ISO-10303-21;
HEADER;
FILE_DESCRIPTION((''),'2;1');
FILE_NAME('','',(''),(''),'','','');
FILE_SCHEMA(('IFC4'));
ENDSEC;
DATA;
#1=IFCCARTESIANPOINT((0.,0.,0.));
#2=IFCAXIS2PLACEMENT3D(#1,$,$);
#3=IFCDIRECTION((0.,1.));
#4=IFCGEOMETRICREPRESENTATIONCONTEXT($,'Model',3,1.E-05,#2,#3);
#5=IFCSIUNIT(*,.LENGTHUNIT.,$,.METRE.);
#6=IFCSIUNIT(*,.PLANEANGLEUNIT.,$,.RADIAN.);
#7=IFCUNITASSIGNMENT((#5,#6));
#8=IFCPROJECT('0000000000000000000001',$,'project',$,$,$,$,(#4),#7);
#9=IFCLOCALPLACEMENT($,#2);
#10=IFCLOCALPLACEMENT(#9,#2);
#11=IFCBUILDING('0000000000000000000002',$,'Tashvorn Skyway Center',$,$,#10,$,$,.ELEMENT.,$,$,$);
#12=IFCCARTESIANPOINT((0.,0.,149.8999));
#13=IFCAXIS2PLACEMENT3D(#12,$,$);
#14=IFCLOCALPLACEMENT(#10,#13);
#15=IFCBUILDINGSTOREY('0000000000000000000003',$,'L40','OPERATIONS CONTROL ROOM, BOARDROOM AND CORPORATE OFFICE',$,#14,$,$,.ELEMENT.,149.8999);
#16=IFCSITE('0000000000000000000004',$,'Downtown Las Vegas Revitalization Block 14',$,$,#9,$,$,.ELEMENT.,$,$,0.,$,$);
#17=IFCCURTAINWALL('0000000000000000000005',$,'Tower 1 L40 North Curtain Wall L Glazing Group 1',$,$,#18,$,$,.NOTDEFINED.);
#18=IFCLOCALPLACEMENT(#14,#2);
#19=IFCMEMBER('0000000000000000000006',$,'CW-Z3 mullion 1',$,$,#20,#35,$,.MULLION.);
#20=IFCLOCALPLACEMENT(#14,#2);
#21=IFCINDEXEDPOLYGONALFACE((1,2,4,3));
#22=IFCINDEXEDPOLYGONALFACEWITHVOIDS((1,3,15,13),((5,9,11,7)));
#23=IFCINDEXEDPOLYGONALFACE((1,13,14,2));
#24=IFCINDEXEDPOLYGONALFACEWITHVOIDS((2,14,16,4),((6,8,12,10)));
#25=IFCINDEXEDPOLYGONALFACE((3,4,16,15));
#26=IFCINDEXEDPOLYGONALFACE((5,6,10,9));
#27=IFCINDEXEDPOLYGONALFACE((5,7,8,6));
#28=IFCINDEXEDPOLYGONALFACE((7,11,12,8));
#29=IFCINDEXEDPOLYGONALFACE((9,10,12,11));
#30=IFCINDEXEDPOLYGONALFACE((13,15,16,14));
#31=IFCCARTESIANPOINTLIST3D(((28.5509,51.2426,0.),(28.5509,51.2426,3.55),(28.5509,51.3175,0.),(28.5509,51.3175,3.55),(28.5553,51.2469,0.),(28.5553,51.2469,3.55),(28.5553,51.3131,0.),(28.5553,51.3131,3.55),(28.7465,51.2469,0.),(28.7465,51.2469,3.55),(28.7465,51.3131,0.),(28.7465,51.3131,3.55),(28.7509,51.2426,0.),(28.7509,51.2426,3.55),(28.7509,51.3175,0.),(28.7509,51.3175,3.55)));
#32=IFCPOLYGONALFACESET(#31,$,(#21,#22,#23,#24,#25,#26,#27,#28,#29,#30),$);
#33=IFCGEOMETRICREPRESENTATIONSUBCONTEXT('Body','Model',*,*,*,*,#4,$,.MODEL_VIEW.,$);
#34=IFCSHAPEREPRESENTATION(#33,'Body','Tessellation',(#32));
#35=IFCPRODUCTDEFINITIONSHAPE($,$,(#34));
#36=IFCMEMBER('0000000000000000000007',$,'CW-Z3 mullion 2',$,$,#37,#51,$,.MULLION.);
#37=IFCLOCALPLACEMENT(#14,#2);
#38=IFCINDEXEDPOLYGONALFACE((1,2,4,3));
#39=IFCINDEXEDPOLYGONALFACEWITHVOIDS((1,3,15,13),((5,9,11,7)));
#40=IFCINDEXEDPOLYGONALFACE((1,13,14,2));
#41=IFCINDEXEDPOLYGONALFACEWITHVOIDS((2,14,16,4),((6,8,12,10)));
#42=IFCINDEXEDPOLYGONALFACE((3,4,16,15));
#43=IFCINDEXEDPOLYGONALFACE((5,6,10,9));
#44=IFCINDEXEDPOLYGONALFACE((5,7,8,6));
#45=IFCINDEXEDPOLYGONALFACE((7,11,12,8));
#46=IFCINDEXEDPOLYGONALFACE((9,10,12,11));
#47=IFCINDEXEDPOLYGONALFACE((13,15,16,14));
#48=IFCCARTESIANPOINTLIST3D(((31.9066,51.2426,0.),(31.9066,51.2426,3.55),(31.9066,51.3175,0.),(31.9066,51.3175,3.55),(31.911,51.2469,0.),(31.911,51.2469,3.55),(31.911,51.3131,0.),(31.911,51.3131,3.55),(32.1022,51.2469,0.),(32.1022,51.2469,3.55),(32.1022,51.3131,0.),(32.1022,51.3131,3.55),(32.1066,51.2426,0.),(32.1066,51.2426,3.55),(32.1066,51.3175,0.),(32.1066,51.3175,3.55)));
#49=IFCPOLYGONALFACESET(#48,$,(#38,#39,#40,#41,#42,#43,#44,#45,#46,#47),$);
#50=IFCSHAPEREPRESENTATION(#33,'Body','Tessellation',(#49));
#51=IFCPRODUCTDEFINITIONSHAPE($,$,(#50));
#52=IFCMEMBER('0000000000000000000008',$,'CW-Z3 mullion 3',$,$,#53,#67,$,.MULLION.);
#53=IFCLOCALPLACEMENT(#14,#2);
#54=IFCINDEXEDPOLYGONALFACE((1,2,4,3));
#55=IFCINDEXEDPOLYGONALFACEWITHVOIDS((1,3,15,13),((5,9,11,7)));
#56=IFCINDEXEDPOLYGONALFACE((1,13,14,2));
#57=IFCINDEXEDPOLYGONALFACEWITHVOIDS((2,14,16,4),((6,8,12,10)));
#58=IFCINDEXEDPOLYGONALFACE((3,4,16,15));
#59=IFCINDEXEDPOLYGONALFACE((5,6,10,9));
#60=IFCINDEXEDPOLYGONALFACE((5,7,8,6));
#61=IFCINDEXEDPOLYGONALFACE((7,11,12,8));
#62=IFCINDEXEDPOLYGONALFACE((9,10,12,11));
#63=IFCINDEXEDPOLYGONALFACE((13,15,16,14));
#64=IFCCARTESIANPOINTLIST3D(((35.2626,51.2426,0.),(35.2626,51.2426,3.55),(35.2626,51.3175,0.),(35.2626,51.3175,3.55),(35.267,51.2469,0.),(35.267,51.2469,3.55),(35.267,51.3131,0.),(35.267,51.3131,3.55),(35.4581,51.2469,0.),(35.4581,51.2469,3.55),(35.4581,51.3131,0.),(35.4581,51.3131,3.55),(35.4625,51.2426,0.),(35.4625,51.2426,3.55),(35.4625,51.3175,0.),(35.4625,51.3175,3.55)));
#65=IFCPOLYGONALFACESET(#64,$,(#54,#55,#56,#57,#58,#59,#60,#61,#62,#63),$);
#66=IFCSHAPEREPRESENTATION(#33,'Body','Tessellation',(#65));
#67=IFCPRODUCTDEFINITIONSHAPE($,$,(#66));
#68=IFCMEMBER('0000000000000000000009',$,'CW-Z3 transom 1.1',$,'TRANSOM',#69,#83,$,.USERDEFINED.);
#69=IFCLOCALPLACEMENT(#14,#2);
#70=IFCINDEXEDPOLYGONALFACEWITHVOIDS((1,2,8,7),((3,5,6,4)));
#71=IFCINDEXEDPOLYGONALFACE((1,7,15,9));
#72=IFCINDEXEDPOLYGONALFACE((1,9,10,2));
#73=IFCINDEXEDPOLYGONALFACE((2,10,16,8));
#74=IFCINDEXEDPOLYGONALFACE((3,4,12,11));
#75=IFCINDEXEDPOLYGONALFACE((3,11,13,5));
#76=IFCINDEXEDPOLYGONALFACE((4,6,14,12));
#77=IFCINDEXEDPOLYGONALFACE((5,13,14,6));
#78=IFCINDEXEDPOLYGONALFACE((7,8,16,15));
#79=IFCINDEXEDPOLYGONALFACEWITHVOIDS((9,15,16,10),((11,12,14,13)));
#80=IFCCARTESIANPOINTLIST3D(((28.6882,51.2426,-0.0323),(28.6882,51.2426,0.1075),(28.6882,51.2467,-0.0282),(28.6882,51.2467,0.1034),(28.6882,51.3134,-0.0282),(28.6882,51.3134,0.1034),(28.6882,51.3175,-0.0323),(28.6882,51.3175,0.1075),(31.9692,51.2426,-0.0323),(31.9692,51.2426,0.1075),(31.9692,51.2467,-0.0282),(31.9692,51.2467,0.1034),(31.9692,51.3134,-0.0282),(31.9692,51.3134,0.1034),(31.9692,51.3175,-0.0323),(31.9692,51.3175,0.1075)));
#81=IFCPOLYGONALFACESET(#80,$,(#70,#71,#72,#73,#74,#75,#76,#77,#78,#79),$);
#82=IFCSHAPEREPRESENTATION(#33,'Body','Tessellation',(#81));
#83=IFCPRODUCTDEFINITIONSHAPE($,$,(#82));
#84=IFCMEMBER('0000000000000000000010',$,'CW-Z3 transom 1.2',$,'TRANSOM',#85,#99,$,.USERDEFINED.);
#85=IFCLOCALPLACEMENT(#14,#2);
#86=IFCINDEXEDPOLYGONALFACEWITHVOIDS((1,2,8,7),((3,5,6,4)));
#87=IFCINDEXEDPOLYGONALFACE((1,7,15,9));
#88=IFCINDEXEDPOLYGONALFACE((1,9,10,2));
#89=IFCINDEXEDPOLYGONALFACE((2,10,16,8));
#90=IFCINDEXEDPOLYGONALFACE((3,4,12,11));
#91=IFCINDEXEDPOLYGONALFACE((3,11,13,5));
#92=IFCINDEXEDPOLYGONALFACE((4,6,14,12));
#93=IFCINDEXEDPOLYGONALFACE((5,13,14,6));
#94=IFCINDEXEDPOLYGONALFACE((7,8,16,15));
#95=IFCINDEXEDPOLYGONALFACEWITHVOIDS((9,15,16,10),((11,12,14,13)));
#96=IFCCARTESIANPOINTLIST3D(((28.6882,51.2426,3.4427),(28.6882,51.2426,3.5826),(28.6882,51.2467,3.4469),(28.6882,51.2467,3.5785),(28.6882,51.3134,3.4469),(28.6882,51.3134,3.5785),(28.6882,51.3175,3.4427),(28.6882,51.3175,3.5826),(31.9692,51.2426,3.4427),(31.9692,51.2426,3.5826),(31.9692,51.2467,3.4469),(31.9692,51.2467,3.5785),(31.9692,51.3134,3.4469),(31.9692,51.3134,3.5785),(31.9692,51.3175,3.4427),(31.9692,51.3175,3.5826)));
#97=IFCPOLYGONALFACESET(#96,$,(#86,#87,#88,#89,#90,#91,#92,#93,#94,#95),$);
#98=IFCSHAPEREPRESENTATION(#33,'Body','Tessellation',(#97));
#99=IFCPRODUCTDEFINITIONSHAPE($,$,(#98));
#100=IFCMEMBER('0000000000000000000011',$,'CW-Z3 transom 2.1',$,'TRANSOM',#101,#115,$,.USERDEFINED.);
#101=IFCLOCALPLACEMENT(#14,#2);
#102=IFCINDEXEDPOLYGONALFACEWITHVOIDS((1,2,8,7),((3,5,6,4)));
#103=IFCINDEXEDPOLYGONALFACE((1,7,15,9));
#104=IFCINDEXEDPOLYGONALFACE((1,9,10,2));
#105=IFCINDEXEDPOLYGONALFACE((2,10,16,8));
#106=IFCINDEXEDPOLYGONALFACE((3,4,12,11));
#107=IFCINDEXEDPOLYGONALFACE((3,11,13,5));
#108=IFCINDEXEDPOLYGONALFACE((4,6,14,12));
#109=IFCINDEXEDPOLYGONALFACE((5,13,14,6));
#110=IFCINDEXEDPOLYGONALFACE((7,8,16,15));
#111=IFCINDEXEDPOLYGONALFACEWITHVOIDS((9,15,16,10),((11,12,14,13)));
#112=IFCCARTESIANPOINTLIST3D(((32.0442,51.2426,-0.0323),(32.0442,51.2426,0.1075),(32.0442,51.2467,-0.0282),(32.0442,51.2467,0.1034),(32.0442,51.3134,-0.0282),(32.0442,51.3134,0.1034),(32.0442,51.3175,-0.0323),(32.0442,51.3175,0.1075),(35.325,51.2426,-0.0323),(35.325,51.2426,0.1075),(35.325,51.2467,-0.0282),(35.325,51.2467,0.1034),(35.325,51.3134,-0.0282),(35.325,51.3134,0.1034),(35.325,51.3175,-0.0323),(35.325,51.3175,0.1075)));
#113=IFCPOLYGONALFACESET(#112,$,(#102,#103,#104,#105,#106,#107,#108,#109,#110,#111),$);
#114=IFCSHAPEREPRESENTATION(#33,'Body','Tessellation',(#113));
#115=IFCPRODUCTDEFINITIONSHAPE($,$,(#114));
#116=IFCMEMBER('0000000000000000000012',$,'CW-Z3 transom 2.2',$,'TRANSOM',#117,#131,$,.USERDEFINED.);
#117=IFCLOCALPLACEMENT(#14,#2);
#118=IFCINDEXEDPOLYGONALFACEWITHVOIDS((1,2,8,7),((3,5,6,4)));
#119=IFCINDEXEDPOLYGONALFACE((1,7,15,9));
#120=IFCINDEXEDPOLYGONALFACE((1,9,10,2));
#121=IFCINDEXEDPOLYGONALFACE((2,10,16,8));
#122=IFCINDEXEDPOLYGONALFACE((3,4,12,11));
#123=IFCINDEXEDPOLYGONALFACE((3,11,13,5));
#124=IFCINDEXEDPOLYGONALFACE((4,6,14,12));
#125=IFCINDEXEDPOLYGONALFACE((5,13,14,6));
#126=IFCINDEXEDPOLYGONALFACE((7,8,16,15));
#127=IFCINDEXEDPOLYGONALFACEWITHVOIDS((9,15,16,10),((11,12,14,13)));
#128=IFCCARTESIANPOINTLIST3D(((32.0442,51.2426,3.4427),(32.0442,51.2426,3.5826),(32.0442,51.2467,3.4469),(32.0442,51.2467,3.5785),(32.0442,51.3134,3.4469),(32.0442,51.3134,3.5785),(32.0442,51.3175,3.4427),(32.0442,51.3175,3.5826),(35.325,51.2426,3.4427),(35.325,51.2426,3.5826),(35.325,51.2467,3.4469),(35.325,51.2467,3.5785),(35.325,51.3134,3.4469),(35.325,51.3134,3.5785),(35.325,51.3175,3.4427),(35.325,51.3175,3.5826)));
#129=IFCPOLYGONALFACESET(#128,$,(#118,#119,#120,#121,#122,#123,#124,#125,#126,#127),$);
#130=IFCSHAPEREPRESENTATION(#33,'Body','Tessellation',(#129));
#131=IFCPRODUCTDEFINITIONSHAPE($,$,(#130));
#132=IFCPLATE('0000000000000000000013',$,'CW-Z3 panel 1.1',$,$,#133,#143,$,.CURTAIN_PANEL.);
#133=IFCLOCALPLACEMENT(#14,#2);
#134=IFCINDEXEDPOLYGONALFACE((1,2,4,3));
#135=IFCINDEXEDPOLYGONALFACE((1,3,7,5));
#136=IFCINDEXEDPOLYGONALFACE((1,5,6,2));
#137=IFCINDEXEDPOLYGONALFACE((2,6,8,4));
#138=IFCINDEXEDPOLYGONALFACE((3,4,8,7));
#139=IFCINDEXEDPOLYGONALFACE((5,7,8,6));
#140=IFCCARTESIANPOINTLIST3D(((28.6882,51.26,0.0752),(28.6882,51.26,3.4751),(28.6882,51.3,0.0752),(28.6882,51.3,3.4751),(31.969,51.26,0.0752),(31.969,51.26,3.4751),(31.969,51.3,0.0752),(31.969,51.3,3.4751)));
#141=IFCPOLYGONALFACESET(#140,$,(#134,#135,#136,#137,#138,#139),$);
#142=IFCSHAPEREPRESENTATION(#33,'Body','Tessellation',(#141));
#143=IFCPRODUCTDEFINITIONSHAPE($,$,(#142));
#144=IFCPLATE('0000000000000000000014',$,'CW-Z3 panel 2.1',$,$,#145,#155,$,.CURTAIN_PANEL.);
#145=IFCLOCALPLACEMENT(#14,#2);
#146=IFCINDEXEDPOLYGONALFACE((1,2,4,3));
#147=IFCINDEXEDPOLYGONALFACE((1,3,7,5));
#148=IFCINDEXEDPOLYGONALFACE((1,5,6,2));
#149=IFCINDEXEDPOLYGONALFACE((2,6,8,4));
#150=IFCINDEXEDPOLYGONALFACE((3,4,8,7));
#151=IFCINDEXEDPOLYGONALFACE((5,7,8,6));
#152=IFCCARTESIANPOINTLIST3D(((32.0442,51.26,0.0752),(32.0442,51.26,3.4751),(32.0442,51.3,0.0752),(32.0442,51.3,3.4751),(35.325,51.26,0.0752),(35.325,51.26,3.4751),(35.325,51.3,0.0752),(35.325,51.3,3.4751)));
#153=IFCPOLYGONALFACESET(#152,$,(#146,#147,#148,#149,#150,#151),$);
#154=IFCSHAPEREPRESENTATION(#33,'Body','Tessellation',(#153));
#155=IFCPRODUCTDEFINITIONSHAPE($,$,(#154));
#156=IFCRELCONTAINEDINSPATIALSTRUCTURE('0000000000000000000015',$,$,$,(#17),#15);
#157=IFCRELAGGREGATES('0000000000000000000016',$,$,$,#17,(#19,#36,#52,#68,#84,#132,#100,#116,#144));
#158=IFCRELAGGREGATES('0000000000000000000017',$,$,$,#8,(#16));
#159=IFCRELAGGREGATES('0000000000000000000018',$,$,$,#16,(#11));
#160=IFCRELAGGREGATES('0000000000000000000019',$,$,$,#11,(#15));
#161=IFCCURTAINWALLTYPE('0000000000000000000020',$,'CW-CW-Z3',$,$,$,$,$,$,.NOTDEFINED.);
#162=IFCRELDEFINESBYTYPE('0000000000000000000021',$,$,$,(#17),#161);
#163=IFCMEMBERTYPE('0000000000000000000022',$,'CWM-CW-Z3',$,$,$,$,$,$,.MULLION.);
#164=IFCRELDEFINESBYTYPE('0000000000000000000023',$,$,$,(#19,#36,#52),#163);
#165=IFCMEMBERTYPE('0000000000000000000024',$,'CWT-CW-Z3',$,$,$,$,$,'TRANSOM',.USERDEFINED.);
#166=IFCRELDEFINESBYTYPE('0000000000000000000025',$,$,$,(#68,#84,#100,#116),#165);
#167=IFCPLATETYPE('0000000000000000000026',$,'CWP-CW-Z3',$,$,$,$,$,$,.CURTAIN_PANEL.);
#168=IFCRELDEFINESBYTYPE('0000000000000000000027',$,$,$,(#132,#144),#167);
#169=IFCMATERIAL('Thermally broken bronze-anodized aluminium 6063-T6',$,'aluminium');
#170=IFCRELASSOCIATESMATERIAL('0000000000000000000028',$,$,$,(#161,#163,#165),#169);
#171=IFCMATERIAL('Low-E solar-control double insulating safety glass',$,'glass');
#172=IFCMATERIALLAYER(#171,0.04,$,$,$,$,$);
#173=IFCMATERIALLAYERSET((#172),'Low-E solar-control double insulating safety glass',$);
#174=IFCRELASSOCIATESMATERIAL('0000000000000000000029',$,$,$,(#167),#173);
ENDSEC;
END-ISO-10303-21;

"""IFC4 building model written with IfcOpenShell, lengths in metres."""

from ifc_helpers import new_model, si_unit, direction, frame, origin, origin_2d, place, context, subcontext, project, spatial, rectangle, hollow_rectangle, extrude, material, layer, layer_set, material_profile, profile_set, type_object, element, aggregate, save


model = new_model("IFC4")

# Units and contexts
model_context = context("Model", 3, precision=1e-05, world=origin(), true_north=direction((0.0, 1.0)))
body_context = subcontext(model_context, "Body", "Model", "MODEL_VIEW")
ifc_project = project(units=[si_unit("LENGTHUNIT", "METRE"), si_unit("PLANEANGLEUNIT", "RADIAN")], contexts=[model_context])

# Site, building, storey
site_placement = place(None, origin())
site = spatial("IfcSite", under=ifc_project, at=site_placement, Name="Downtown Las Vegas Revitalization Block 14", CompositionType="ELEMENT", RefElevation=0.0)
building_placement = place(site_placement, origin())
building = spatial("IfcBuilding", under=site, at=building_placement, Name="Tashvorn Skyway Center", CompositionType="ELEMENT")
storey_placement = place(building_placement, frame((0.0, 0.0, 149.8999)))
storey = spatial("IfcBuildingStorey", under=building, at=storey_placement, Name="L40", Description="OPERATIONS CONTROL ROOM, BOARDROOM AND CORPORATE OFFICE", CompositionType="ELEMENT", Elevation=149.8999)

# Curtain wall, members, plates
ifc_material_1 = material(Name="Thermally broken bronze-anodized aluminium 6063-T6", Category="aluminium")
curtain_wall_type = type_object("IfcCurtainWallType", Name="CW-CW-Z3", PredefinedType="NOTDEFINED", material=ifc_material_1)
curtain_wall_placement = place(storey_placement, origin())
curtain_wall = element("IfcCurtainWall", 1, at=curtain_wall_placement, inside=storey, type_object=curtain_wall_type, Name="Tower 1 L40 North Curtain Wall L Glazing Group 1", PredefinedType="NOTDEFINED")
ifc_material_profile_1 = material_profile(ifc_material_1, hollow_rectangle(XDim=0.075, YDim=0.2, WallThickness=0.0044, at=origin_2d()), Name="ALU-MULL-75x200")
ifc_profile_set_1 = profile_set([ifc_material_profile_1], Name="Thermally broken bronze-anodized aluminium 6063-T6")
member_type_1 = type_object("IfcMemberType", Name="CWM-CW-Z3", PredefinedType="MULLION", material=ifc_profile_set_1)
member_1_placement = place(storey_placement, frame((28.6509, 51.28, 0.0), z_axis=(0.0, 0.0, 1.0), x_axis=(0.0, 1.0, 0.0)))
member_1 = element("IfcMember", 2, at=member_1_placement, type_object=member_type_1, Name="CW-Z3 mullion 1", PredefinedType="MULLION", context=body_context, shape_type="SweptSolid", body=[
    extrude(hollow_rectangle(XDim=0.075, YDim=0.2, WallThickness=0.0044, at=origin_2d()), origin(), (0.0, 0.0, 1.0), 3.55),
])
member_2_placement = place(storey_placement, frame((32.0066, 51.28, 0.0), z_axis=(0.0, 0.0, 1.0), x_axis=(0.0, 1.0, 0.0)))
member_2 = element("IfcMember", 3, at=member_2_placement, type_object=member_type_1, Name="CW-Z3 mullion 2", PredefinedType="MULLION", context=body_context, shape_type="SweptSolid", body=[
    extrude(hollow_rectangle(XDim=0.075, YDim=0.2, WallThickness=0.0044, at=origin_2d()), origin(), (0.0, 0.0, 1.0), 3.55),
])
member_3_placement = place(storey_placement, frame((35.3625, 51.28, 0.0), z_axis=(0.0, 0.0, 1.0), x_axis=(0.0, 1.0, 0.0)))
member_3 = element("IfcMember", 4, at=member_3_placement, type_object=member_type_1, Name="CW-Z3 mullion 3", PredefinedType="MULLION", context=body_context, shape_type="SweptSolid", body=[
    extrude(hollow_rectangle(XDim=0.075, YDim=0.2, WallThickness=0.0044, at=origin_2d()), origin(), (0.0, 0.0, 1.0), 3.55),
])
ifc_material_profile_2 = material_profile(ifc_material_1, hollow_rectangle(XDim=0.075, YDim=0.1399, WallThickness=0.0042, at=origin_2d()), Name="ALU-TRAN-75x140")
ifc_profile_set_2 = profile_set([ifc_material_profile_2], Name="Thermally broken bronze-anodized aluminium 6063-T6")
member_type_2 = type_object("IfcMemberType", Name="CWT-CW-Z3", ElementType="TRANSOM", PredefinedType="USERDEFINED", material=ifc_profile_set_2)
member_4_placement = place(storey_placement, frame((28.6882, 51.28, 0.0376), z_axis=(1.0, 0.0, 0.0), x_axis=(0.0, 1.0, 0.0)))
member_4 = element("IfcMember", 5, at=member_4_placement, type_object=member_type_2, Name="CW-Z3 transom 1.1", ObjectType="TRANSOM", PredefinedType="USERDEFINED", context=body_context, shape_type="SweptSolid", body=[
    extrude(hollow_rectangle(XDim=0.075, YDim=0.1399, WallThickness=0.0042, at=origin_2d()), origin(), (0.0, 0.0, 1.0), 3.281),
])
member_5_placement = place(storey_placement, frame((28.6882, 51.28, 3.5127), z_axis=(1.0, 0.0, 0.0), x_axis=(0.0, 1.0, 0.0)))
member_5 = element("IfcMember", 6, at=member_5_placement, type_object=member_type_2, Name="CW-Z3 transom 1.2", ObjectType="TRANSOM", PredefinedType="USERDEFINED", context=body_context, shape_type="SweptSolid", body=[
    extrude(hollow_rectangle(XDim=0.075, YDim=0.1399, WallThickness=0.0042, at=origin_2d()), origin(), (0.0, 0.0, 1.0), 3.281),
])
member_6_placement = place(storey_placement, frame((32.0442, 51.28, 0.0376), z_axis=(1.0, 0.0, 0.0), x_axis=(0.0, 1.0, 0.0)))
member_6 = element("IfcMember", 7, at=member_6_placement, type_object=member_type_2, Name="CW-Z3 transom 2.1", ObjectType="TRANSOM", PredefinedType="USERDEFINED", context=body_context, shape_type="SweptSolid", body=[
    extrude(hollow_rectangle(XDim=0.075, YDim=0.1399, WallThickness=0.0042, at=origin_2d()), origin(), (0.0, 0.0, 1.0), 3.2808),
])
member_7_placement = place(storey_placement, frame((32.0442, 51.28, 3.5127), z_axis=(1.0, 0.0, 0.0), x_axis=(0.0, 1.0, 0.0)))
member_7 = element("IfcMember", 8, at=member_7_placement, type_object=member_type_2, Name="CW-Z3 transom 2.2", ObjectType="TRANSOM", PredefinedType="USERDEFINED", context=body_context, shape_type="SweptSolid", body=[
    extrude(hollow_rectangle(XDim=0.075, YDim=0.1399, WallThickness=0.0042, at=origin_2d()), origin(), (0.0, 0.0, 1.0), 3.2808),
])
ifc_material_2 = material(Name="Low-E solar-control double insulating safety glass", Category="glass")
ifc_layer_1 = layer(ifc_material_2, 0.04)
ifc_layer_set_1 = layer_set([ifc_layer_1], Name="Low-E solar-control double insulating safety glass")
plate_type = type_object("IfcPlateType", Name="CWP-CW-Z3", PredefinedType="CURTAIN_PANEL", material=ifc_layer_set_1)
plate_1_placement = place(storey_placement, frame((30.3286, 51.28, 0.0752), z_axis=(0.0, 0.0, 1.0), x_axis=(1.0, 0.0, 0.0)))
plate_1 = element("IfcPlate", 9, at=plate_1_placement, type_object=plate_type, Name="CW-Z3 panel 1.1", PredefinedType="CURTAIN_PANEL", context=body_context, shape_type="SweptSolid", body=[
    extrude(rectangle(XDim=3.2808, YDim=0.04, at=origin_2d()), origin(), (0.0, 0.0, 1.0), 3.3999),
])
plate_2_placement = place(storey_placement, frame((33.6846, 51.28, 0.0752), z_axis=(0.0, 0.0, 1.0), x_axis=(1.0, 0.0, 0.0)))
plate_2 = element("IfcPlate", 10, at=plate_2_placement, type_object=plate_type, Name="CW-Z3 panel 2.1", PredefinedType="CURTAIN_PANEL", context=body_context, shape_type="SweptSolid", body=[
    extrude(rectangle(XDim=3.2808, YDim=0.04, at=origin_2d()), origin(), (0.0, 0.0, 1.0), 3.3999),
])
aggregate(curtain_wall, [member_1, member_2, member_3, member_4, member_5, plate_1, member_6, member_7, plate_2])

save(model, "model.ifc")
